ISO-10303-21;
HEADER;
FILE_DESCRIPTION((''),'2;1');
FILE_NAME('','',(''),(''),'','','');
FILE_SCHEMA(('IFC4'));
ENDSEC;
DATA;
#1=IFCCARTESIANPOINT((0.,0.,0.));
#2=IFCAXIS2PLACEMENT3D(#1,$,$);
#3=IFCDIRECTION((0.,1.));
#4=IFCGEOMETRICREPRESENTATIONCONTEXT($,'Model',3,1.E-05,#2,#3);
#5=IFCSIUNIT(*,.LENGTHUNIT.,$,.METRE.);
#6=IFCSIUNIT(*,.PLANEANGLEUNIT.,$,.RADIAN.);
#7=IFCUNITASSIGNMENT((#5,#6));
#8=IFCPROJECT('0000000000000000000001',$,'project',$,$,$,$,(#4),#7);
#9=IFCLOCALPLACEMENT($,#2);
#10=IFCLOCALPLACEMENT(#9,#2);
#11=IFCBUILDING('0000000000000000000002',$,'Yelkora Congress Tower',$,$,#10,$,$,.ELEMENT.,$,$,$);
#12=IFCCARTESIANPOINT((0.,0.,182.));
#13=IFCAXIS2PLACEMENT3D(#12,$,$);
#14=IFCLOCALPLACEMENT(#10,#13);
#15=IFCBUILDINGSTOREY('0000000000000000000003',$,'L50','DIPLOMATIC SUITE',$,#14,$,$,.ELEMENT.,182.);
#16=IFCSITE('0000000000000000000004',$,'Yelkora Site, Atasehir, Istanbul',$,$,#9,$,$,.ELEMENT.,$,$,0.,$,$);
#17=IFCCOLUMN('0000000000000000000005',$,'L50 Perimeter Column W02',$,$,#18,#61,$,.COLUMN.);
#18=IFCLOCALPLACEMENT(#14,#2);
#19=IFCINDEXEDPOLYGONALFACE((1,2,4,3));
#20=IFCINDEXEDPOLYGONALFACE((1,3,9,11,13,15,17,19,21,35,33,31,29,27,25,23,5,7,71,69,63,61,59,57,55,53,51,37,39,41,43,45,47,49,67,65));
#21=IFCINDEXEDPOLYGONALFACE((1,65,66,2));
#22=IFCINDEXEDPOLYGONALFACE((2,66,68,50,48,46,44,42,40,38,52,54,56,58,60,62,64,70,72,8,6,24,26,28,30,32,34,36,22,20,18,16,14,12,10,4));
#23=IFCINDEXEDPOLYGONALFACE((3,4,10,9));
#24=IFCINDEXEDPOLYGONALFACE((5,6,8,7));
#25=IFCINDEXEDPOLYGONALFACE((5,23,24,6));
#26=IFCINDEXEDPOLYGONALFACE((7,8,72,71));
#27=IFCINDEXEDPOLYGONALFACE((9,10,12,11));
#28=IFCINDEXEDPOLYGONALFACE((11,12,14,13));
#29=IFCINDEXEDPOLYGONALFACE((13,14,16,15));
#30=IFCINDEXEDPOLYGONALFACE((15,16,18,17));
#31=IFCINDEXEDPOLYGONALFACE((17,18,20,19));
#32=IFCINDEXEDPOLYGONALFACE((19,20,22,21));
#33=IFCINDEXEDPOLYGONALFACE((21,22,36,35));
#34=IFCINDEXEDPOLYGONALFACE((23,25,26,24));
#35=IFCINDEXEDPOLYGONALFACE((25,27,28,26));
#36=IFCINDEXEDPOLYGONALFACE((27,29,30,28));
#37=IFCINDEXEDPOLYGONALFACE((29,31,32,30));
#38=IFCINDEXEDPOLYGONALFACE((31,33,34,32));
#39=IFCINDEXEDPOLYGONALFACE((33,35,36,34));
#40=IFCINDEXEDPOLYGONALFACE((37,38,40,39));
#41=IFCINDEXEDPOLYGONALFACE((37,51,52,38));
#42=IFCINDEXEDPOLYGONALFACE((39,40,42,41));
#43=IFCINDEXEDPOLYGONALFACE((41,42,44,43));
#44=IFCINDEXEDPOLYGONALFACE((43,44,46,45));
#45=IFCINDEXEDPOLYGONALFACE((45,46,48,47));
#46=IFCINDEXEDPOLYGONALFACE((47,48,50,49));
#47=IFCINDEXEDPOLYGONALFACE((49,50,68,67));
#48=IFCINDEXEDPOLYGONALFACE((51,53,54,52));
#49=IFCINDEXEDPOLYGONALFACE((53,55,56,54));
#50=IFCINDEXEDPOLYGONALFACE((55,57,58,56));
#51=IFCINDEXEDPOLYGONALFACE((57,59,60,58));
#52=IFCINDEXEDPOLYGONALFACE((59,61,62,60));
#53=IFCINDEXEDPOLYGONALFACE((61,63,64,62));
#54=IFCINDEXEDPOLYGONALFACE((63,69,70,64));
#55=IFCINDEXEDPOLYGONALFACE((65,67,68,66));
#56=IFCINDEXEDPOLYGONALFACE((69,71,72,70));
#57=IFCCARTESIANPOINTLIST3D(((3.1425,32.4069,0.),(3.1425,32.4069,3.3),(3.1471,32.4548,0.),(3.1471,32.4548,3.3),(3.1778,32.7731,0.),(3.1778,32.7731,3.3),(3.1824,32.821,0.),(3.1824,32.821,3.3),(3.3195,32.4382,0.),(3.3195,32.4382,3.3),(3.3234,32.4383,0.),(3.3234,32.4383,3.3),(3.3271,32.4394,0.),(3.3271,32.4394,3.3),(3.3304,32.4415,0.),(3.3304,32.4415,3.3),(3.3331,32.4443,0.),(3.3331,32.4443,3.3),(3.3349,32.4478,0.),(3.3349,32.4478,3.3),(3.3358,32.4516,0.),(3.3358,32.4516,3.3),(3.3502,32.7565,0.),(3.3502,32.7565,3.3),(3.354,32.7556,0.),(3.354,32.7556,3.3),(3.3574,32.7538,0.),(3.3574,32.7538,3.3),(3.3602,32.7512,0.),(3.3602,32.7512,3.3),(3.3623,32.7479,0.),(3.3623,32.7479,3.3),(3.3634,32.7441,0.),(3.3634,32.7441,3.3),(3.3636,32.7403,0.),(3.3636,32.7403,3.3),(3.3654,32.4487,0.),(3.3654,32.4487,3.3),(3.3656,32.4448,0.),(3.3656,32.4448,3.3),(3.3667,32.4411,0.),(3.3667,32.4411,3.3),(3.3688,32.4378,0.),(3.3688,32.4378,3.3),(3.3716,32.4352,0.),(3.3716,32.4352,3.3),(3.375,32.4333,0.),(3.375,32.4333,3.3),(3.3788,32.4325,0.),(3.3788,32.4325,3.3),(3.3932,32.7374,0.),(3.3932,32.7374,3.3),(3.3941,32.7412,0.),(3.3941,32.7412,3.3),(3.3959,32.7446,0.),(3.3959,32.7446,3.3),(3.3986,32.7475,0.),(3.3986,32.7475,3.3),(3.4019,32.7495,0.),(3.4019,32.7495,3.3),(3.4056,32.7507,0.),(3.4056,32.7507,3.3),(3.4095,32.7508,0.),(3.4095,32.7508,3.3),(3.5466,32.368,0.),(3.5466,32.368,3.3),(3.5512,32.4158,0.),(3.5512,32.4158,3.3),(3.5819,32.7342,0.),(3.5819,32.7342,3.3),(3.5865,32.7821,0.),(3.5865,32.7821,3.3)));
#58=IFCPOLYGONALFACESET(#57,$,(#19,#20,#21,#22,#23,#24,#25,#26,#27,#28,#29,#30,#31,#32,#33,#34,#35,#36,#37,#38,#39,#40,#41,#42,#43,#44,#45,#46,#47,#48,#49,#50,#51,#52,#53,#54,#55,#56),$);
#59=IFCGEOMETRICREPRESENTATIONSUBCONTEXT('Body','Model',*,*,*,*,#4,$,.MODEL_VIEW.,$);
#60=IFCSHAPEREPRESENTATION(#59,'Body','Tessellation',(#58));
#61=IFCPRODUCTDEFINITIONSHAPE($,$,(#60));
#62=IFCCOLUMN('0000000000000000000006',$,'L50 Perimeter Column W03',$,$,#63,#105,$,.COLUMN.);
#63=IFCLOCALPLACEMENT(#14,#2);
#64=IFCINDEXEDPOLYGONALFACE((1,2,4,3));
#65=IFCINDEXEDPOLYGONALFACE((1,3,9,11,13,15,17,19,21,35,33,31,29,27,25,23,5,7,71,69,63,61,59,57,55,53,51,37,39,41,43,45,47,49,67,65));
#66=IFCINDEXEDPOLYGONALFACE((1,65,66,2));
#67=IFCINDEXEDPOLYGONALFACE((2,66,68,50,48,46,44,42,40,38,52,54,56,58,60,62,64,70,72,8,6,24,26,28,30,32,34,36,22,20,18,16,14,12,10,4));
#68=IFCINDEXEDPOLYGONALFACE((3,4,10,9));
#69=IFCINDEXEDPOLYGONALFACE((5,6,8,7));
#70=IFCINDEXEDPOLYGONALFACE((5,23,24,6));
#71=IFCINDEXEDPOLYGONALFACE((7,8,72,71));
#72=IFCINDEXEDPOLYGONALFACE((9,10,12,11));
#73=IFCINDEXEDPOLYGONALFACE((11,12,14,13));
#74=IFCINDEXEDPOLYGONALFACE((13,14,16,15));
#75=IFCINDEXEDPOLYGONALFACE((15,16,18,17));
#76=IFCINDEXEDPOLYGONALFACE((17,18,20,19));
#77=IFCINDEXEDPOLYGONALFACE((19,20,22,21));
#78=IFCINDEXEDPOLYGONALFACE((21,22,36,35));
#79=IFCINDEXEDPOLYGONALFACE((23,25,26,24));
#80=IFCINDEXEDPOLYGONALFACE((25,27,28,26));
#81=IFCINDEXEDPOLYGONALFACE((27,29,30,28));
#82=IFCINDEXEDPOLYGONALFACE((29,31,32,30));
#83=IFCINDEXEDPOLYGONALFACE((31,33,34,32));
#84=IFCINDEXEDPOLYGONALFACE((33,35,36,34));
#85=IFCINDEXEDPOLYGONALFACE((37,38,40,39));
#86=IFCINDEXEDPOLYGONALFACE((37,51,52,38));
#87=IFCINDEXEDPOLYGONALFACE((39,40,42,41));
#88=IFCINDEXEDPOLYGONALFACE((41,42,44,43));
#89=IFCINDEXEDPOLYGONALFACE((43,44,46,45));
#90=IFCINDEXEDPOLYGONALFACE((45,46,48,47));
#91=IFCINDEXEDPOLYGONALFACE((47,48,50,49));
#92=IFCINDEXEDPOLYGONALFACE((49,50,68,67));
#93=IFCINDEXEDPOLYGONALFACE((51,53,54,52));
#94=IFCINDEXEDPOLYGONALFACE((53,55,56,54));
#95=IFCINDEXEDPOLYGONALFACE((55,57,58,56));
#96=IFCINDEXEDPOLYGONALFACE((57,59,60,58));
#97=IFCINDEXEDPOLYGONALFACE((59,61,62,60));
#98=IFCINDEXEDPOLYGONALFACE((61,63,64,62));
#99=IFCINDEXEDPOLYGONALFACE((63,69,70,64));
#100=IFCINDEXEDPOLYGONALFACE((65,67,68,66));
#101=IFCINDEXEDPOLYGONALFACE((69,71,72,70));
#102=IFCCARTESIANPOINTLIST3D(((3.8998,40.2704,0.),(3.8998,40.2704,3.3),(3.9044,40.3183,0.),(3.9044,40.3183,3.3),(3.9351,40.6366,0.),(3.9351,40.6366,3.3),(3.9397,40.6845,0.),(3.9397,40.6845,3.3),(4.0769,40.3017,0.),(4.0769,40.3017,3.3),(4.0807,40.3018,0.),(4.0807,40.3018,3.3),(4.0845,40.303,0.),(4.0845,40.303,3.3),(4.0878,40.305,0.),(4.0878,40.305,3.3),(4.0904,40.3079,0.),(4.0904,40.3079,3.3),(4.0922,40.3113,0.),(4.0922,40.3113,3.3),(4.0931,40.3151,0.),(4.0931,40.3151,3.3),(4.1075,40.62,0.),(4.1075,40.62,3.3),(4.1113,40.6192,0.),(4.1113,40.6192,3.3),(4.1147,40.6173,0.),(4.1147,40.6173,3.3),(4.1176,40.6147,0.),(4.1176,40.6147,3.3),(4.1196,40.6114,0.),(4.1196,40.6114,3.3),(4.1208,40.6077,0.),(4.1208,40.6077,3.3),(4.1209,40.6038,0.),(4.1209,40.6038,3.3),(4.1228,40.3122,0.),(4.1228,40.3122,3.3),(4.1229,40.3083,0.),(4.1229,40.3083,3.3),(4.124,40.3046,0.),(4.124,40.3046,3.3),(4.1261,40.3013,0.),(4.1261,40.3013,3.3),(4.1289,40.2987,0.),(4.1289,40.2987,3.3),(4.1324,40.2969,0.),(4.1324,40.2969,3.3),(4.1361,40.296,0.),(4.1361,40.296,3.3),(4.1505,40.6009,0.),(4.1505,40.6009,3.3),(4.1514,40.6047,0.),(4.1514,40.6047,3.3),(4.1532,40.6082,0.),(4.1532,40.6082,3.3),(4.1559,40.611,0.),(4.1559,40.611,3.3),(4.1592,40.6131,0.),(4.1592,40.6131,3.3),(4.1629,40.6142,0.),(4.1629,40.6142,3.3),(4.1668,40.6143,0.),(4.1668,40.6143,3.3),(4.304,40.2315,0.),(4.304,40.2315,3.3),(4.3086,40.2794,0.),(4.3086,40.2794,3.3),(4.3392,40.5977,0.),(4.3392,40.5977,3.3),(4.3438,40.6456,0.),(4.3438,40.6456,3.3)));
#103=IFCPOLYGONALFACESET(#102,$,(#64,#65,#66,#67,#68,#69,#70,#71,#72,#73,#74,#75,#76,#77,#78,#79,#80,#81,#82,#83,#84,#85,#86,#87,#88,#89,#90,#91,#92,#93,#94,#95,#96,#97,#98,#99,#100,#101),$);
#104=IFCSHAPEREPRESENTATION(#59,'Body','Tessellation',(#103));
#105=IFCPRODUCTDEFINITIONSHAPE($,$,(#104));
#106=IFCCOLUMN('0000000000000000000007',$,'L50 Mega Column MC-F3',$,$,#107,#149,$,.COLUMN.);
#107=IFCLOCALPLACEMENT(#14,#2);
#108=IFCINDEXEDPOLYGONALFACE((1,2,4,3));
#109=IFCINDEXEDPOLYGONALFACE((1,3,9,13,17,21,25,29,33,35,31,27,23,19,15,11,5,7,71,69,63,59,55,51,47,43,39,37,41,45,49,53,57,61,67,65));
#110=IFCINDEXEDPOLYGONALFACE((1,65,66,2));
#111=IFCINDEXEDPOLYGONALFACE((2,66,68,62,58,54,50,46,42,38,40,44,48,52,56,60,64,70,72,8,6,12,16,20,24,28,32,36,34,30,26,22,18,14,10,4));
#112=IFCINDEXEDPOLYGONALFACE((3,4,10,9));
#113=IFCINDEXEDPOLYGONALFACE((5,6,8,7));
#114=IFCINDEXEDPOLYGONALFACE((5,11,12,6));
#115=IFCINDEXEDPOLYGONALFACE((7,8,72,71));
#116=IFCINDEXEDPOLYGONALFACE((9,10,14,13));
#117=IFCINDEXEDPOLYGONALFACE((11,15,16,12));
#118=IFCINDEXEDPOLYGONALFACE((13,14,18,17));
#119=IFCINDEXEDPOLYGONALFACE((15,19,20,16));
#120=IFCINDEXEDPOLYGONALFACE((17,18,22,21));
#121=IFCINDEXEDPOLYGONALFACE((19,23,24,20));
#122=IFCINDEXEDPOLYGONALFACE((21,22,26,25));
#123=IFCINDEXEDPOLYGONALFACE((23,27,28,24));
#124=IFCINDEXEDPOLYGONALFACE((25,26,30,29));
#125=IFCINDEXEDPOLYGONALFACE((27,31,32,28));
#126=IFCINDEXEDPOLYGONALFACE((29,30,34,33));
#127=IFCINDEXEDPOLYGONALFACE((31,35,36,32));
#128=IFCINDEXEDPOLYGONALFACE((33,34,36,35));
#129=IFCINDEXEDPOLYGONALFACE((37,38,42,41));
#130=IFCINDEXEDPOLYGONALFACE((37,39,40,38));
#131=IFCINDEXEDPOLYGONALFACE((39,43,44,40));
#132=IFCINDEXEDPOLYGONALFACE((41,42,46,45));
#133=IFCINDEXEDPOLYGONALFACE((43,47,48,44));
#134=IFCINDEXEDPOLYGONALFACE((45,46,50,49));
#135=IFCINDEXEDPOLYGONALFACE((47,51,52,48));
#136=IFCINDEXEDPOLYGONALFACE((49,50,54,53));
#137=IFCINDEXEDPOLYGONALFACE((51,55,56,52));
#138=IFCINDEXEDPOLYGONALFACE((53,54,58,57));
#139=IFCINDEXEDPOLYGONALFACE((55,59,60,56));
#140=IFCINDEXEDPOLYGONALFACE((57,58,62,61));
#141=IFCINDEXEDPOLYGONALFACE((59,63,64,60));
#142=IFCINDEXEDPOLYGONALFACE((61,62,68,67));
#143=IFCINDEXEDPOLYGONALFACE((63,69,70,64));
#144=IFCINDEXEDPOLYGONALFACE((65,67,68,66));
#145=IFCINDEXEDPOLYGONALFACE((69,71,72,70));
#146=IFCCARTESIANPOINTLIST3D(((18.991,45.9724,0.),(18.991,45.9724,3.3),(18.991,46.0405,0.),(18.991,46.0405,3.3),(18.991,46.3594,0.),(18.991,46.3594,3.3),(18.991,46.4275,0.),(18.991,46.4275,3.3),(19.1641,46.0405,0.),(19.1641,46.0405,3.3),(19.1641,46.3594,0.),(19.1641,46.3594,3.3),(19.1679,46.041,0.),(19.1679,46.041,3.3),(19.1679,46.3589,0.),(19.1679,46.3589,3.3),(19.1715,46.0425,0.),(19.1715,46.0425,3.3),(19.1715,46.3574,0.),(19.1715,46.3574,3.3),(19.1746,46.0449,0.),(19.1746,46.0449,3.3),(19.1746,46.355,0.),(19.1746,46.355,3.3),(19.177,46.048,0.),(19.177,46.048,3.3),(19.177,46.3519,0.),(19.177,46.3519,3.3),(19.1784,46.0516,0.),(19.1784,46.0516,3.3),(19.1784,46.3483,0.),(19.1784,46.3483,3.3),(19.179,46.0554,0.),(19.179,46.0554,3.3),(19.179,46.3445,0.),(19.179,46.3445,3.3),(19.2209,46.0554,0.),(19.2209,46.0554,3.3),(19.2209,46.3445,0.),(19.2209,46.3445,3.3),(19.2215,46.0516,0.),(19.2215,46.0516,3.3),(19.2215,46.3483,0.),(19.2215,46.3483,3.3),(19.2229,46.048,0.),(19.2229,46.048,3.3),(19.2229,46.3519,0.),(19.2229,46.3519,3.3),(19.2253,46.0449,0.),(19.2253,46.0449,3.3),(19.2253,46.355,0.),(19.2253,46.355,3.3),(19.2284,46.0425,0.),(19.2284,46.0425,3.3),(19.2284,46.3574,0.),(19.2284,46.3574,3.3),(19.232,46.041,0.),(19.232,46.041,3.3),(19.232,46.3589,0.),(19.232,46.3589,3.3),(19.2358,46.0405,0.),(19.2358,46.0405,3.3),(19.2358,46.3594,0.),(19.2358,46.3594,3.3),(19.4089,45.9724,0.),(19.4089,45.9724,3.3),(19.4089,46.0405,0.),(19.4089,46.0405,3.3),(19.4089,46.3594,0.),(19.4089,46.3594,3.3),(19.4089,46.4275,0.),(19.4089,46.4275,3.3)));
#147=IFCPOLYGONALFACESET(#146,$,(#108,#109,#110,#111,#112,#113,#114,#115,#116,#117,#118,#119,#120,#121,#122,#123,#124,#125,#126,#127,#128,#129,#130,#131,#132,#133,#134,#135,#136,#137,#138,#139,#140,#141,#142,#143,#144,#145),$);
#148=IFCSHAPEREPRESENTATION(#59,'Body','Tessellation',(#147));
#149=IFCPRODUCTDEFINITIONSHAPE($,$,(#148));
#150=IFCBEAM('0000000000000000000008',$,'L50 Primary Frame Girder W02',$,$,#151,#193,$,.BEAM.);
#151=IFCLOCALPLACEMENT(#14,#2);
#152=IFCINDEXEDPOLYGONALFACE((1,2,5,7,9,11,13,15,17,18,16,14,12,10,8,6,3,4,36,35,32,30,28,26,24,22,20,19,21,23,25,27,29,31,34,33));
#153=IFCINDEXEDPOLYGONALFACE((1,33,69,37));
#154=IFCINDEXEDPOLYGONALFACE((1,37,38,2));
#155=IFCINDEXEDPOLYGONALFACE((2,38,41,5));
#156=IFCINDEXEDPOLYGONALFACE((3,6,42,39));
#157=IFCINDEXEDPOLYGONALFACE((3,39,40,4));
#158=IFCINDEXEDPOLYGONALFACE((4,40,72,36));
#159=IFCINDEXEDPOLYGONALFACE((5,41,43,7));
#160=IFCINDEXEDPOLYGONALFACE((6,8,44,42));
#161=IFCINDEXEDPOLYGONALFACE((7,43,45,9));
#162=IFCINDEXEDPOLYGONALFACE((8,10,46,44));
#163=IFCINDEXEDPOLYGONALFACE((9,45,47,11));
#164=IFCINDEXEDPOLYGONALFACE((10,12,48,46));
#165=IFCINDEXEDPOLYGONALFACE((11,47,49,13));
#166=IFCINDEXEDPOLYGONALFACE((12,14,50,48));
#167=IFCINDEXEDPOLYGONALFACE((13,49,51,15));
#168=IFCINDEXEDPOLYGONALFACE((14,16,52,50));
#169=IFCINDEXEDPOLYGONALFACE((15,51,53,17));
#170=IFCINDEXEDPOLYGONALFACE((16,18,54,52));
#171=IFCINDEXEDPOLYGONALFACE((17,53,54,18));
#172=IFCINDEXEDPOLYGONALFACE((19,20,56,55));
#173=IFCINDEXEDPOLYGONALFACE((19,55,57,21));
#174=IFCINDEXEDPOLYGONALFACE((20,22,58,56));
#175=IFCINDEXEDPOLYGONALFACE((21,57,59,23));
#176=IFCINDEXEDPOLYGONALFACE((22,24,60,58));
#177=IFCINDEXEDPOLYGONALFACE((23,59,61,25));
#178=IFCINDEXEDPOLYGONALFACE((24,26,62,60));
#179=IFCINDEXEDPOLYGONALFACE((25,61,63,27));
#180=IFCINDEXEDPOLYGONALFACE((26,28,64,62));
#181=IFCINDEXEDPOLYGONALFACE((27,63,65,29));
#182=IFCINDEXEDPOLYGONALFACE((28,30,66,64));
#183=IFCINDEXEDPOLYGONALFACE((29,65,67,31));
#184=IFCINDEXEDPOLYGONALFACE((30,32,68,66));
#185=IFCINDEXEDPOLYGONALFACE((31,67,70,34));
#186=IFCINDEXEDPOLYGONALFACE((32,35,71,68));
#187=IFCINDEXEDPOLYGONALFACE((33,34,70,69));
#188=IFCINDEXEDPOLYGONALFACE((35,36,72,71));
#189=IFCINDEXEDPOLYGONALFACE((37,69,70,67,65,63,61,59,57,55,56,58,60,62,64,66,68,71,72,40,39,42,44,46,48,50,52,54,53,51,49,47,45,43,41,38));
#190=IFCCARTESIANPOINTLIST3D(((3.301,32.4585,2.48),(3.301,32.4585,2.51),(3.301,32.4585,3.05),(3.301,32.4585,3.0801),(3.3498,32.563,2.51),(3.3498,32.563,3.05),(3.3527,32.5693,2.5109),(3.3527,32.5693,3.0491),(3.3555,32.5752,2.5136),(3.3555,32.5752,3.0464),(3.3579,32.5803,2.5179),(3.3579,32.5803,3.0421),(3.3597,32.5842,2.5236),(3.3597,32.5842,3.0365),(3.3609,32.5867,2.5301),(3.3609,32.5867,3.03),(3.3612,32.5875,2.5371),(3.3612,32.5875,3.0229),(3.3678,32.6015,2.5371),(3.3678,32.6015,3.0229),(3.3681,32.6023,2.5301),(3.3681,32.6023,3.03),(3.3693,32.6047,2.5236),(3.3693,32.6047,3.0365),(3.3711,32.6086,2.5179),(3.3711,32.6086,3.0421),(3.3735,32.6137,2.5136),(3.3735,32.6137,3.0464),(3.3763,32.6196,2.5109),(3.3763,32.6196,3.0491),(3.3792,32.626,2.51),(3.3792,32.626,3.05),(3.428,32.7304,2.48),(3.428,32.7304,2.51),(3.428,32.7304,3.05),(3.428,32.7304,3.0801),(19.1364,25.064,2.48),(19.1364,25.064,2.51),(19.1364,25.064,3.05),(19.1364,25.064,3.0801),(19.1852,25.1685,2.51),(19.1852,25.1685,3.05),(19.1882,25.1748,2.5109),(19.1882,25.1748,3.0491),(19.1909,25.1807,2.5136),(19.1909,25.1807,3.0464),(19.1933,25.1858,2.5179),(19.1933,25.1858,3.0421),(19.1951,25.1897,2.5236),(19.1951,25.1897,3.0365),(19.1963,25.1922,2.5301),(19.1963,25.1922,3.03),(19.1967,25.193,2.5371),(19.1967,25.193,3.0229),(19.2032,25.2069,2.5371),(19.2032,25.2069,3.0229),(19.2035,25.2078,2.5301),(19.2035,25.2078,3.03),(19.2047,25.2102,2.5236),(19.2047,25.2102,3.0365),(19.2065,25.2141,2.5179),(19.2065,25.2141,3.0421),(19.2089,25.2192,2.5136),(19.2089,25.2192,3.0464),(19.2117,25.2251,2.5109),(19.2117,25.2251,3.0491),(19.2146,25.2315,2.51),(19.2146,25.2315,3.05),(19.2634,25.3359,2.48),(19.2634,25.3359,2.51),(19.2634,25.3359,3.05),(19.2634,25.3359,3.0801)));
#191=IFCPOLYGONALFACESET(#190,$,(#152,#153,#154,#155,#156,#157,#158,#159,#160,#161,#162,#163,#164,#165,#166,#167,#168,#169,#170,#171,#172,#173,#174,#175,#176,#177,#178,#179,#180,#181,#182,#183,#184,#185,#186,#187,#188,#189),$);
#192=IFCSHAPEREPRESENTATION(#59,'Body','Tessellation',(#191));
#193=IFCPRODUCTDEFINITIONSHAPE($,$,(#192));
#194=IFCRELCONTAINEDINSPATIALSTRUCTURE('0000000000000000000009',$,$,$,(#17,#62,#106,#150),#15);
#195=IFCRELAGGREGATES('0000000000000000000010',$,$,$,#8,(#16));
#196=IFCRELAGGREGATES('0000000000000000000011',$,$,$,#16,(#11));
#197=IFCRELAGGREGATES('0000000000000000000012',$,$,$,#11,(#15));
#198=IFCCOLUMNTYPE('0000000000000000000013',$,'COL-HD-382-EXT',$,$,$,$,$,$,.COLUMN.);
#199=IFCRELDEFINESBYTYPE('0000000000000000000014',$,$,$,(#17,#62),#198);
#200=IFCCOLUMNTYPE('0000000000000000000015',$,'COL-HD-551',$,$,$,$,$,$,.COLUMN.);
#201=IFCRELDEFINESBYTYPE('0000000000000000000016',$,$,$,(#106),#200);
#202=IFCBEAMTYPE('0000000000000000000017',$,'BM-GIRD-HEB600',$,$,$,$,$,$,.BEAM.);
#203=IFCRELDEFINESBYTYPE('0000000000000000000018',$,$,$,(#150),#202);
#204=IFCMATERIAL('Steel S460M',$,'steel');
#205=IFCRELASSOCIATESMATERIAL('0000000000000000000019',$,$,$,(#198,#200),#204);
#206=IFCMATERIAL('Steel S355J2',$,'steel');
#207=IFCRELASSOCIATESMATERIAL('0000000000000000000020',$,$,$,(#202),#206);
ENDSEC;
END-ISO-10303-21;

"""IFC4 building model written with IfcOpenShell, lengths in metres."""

from ifc_helpers import new_model, si_unit, direction, frame, origin, origin_2d, place, context, subcontext, project, spatial, i_section, extrude, material, material_profile, profile_set, type_object, element, save


model = new_model("IFC4")

# Units and contexts
model_context = context("Model", 3, precision=1e-05, world=origin(), true_north=direction((0.0, 1.0)))
body_context = subcontext(model_context, "Body", "Model", "MODEL_VIEW")
ifc_project = project(units=[si_unit("LENGTHUNIT", "METRE"), si_unit("PLANEANGLEUNIT", "RADIAN")], contexts=[model_context])

# Site, building, storey
site_placement = place(None, origin())
site = spatial("IfcSite", under=ifc_project, at=site_placement, Name="Yelkora Site, Atasehir, Istanbul", CompositionType="ELEMENT", RefElevation=0.0)
building_placement = place(site_placement, origin())
building = spatial("IfcBuilding", under=site, at=building_placement, Name="Yelkora Congress Tower", CompositionType="ELEMENT")
storey_placement = place(building_placement, frame((0.0, 0.0, 182.0)))
storey = spatial("IfcBuildingStorey", under=building, at=storey_placement, Name="L50", Description="DIPLOMATIC SUITE", CompositionType="ELEMENT", Elevation=182.0)

# Columns
ifc_material_1 = material(Name="Steel S460M", Category="steel")
ifc_material_profile_1 = material_profile(ifc_material_1, i_section(OverallWidth=0.406, OverallDepth=0.416, WebThickness=0.0298, FlangeThickness=0.0481, FilletRadius=0.0149, at=origin_2d()), Name="HD 400x382")
ifc_profile_set_1 = profile_set([ifc_material_profile_1], Name="Steel S460M")
column_type_1 = type_object("IfcColumnType", Name="COL-HD-382-EXT", PredefinedType="COLUMN", material=ifc_profile_set_1)
for number, where, z_axis, x_axis, name in (
    (1, (3.3645, 32.5945, 0.0), (0.0, 0.0, 1.0), (0.995396, -0.095846, 0.0), "L50 Perimeter Column W02"),
    (2, (4.1218, 40.458, 0.0), (0.0, 0.0, 1.0), (0.995396, -0.095846, 0.0), "L50 Perimeter Column W03"),
):
    element("IfcColumn", number, at=place(storey_placement, frame(where, z_axis=z_axis, x_axis=x_axis)), inside=storey, type_object=column_type_1, Name=name, PredefinedType="COLUMN", context=body_context, shape_type="SweptSolid", body=[
        extrude(i_section(OverallWidth=0.406, OverallDepth=0.416, WebThickness=0.0298, FlangeThickness=0.0481, FilletRadius=0.0149, at=origin_2d()), origin(), (0.0, 0.0, 1.0), 3.3),
    ])
ifc_material_profile_2 = material_profile(ifc_material_1, i_section(OverallWidth=0.418, OverallDepth=0.4551, WebThickness=0.042, FlangeThickness=0.0681, FilletRadius=0.0149, at=origin_2d()), Name="HD 400x551")
ifc_profile_set_2 = profile_set([ifc_material_profile_2], Name="Steel S460M")
column_type_2 = type_object("IfcColumnType", Name="COL-HD-551", PredefinedType="COLUMN", material=ifc_profile_set_2)
column_placement = place(storey_placement, frame((19.2, 46.2, 0.0), z_axis=(0.0, 0.0, 1.0), x_axis=(1.0, 0.0, 0.0)))
element("IfcColumn", 3, at=column_placement, inside=storey, type_object=column_type_2, Name="L50 Mega Column MC-F3", PredefinedType="COLUMN", context=body_context, shape_type="SweptSolid", body=[
    extrude(i_section(OverallWidth=0.418, OverallDepth=0.4551, WebThickness=0.042, FlangeThickness=0.0681, FilletRadius=0.0149, at=origin_2d()), origin(), (0.0, 0.0, 1.0), 3.3),
])

# Beam
ifc_material_2 = material(Name="Steel S355J2", Category="steel")
ifc_material_profile_3 = material_profile(ifc_material_2, i_section(OverallWidth=0.3, OverallDepth=0.6001, WebThickness=0.0154, FlangeThickness=0.03, FilletRadius=0.0271, at=origin_2d()), Name="HEB 600")
ifc_profile_set_3 = profile_set([ifc_material_profile_3], Name="Steel S355J2")
beam_type_1 = type_object("IfcBeamType", Name="BM-GIRD-HEB600", PredefinedType="BEAM", material=ifc_profile_set_3)
beam_1_placement = place(storey_placement, frame((3.3645, 32.5945, 2.78), z_axis=(0.906081, -0.423104, 0.0), x_axis=(0.423104, 0.906081, 0.0)))
element("IfcBeam", 4, at=beam_1_placement, inside=storey, type_object=beam_type_1, Name="L50 Primary Frame Girder W02", PredefinedType="BEAM", context=body_context, shape_type="SweptSolid", body=[
    extrude(i_section(OverallWidth=0.3, OverallDepth=0.6001, WebThickness=0.0154, FlangeThickness=0.03, FilletRadius=0.0271, at=origin_2d()), origin(), (0.0, 0.0, 1.0), 17.4768),
])

save(model, "model.ifc")
